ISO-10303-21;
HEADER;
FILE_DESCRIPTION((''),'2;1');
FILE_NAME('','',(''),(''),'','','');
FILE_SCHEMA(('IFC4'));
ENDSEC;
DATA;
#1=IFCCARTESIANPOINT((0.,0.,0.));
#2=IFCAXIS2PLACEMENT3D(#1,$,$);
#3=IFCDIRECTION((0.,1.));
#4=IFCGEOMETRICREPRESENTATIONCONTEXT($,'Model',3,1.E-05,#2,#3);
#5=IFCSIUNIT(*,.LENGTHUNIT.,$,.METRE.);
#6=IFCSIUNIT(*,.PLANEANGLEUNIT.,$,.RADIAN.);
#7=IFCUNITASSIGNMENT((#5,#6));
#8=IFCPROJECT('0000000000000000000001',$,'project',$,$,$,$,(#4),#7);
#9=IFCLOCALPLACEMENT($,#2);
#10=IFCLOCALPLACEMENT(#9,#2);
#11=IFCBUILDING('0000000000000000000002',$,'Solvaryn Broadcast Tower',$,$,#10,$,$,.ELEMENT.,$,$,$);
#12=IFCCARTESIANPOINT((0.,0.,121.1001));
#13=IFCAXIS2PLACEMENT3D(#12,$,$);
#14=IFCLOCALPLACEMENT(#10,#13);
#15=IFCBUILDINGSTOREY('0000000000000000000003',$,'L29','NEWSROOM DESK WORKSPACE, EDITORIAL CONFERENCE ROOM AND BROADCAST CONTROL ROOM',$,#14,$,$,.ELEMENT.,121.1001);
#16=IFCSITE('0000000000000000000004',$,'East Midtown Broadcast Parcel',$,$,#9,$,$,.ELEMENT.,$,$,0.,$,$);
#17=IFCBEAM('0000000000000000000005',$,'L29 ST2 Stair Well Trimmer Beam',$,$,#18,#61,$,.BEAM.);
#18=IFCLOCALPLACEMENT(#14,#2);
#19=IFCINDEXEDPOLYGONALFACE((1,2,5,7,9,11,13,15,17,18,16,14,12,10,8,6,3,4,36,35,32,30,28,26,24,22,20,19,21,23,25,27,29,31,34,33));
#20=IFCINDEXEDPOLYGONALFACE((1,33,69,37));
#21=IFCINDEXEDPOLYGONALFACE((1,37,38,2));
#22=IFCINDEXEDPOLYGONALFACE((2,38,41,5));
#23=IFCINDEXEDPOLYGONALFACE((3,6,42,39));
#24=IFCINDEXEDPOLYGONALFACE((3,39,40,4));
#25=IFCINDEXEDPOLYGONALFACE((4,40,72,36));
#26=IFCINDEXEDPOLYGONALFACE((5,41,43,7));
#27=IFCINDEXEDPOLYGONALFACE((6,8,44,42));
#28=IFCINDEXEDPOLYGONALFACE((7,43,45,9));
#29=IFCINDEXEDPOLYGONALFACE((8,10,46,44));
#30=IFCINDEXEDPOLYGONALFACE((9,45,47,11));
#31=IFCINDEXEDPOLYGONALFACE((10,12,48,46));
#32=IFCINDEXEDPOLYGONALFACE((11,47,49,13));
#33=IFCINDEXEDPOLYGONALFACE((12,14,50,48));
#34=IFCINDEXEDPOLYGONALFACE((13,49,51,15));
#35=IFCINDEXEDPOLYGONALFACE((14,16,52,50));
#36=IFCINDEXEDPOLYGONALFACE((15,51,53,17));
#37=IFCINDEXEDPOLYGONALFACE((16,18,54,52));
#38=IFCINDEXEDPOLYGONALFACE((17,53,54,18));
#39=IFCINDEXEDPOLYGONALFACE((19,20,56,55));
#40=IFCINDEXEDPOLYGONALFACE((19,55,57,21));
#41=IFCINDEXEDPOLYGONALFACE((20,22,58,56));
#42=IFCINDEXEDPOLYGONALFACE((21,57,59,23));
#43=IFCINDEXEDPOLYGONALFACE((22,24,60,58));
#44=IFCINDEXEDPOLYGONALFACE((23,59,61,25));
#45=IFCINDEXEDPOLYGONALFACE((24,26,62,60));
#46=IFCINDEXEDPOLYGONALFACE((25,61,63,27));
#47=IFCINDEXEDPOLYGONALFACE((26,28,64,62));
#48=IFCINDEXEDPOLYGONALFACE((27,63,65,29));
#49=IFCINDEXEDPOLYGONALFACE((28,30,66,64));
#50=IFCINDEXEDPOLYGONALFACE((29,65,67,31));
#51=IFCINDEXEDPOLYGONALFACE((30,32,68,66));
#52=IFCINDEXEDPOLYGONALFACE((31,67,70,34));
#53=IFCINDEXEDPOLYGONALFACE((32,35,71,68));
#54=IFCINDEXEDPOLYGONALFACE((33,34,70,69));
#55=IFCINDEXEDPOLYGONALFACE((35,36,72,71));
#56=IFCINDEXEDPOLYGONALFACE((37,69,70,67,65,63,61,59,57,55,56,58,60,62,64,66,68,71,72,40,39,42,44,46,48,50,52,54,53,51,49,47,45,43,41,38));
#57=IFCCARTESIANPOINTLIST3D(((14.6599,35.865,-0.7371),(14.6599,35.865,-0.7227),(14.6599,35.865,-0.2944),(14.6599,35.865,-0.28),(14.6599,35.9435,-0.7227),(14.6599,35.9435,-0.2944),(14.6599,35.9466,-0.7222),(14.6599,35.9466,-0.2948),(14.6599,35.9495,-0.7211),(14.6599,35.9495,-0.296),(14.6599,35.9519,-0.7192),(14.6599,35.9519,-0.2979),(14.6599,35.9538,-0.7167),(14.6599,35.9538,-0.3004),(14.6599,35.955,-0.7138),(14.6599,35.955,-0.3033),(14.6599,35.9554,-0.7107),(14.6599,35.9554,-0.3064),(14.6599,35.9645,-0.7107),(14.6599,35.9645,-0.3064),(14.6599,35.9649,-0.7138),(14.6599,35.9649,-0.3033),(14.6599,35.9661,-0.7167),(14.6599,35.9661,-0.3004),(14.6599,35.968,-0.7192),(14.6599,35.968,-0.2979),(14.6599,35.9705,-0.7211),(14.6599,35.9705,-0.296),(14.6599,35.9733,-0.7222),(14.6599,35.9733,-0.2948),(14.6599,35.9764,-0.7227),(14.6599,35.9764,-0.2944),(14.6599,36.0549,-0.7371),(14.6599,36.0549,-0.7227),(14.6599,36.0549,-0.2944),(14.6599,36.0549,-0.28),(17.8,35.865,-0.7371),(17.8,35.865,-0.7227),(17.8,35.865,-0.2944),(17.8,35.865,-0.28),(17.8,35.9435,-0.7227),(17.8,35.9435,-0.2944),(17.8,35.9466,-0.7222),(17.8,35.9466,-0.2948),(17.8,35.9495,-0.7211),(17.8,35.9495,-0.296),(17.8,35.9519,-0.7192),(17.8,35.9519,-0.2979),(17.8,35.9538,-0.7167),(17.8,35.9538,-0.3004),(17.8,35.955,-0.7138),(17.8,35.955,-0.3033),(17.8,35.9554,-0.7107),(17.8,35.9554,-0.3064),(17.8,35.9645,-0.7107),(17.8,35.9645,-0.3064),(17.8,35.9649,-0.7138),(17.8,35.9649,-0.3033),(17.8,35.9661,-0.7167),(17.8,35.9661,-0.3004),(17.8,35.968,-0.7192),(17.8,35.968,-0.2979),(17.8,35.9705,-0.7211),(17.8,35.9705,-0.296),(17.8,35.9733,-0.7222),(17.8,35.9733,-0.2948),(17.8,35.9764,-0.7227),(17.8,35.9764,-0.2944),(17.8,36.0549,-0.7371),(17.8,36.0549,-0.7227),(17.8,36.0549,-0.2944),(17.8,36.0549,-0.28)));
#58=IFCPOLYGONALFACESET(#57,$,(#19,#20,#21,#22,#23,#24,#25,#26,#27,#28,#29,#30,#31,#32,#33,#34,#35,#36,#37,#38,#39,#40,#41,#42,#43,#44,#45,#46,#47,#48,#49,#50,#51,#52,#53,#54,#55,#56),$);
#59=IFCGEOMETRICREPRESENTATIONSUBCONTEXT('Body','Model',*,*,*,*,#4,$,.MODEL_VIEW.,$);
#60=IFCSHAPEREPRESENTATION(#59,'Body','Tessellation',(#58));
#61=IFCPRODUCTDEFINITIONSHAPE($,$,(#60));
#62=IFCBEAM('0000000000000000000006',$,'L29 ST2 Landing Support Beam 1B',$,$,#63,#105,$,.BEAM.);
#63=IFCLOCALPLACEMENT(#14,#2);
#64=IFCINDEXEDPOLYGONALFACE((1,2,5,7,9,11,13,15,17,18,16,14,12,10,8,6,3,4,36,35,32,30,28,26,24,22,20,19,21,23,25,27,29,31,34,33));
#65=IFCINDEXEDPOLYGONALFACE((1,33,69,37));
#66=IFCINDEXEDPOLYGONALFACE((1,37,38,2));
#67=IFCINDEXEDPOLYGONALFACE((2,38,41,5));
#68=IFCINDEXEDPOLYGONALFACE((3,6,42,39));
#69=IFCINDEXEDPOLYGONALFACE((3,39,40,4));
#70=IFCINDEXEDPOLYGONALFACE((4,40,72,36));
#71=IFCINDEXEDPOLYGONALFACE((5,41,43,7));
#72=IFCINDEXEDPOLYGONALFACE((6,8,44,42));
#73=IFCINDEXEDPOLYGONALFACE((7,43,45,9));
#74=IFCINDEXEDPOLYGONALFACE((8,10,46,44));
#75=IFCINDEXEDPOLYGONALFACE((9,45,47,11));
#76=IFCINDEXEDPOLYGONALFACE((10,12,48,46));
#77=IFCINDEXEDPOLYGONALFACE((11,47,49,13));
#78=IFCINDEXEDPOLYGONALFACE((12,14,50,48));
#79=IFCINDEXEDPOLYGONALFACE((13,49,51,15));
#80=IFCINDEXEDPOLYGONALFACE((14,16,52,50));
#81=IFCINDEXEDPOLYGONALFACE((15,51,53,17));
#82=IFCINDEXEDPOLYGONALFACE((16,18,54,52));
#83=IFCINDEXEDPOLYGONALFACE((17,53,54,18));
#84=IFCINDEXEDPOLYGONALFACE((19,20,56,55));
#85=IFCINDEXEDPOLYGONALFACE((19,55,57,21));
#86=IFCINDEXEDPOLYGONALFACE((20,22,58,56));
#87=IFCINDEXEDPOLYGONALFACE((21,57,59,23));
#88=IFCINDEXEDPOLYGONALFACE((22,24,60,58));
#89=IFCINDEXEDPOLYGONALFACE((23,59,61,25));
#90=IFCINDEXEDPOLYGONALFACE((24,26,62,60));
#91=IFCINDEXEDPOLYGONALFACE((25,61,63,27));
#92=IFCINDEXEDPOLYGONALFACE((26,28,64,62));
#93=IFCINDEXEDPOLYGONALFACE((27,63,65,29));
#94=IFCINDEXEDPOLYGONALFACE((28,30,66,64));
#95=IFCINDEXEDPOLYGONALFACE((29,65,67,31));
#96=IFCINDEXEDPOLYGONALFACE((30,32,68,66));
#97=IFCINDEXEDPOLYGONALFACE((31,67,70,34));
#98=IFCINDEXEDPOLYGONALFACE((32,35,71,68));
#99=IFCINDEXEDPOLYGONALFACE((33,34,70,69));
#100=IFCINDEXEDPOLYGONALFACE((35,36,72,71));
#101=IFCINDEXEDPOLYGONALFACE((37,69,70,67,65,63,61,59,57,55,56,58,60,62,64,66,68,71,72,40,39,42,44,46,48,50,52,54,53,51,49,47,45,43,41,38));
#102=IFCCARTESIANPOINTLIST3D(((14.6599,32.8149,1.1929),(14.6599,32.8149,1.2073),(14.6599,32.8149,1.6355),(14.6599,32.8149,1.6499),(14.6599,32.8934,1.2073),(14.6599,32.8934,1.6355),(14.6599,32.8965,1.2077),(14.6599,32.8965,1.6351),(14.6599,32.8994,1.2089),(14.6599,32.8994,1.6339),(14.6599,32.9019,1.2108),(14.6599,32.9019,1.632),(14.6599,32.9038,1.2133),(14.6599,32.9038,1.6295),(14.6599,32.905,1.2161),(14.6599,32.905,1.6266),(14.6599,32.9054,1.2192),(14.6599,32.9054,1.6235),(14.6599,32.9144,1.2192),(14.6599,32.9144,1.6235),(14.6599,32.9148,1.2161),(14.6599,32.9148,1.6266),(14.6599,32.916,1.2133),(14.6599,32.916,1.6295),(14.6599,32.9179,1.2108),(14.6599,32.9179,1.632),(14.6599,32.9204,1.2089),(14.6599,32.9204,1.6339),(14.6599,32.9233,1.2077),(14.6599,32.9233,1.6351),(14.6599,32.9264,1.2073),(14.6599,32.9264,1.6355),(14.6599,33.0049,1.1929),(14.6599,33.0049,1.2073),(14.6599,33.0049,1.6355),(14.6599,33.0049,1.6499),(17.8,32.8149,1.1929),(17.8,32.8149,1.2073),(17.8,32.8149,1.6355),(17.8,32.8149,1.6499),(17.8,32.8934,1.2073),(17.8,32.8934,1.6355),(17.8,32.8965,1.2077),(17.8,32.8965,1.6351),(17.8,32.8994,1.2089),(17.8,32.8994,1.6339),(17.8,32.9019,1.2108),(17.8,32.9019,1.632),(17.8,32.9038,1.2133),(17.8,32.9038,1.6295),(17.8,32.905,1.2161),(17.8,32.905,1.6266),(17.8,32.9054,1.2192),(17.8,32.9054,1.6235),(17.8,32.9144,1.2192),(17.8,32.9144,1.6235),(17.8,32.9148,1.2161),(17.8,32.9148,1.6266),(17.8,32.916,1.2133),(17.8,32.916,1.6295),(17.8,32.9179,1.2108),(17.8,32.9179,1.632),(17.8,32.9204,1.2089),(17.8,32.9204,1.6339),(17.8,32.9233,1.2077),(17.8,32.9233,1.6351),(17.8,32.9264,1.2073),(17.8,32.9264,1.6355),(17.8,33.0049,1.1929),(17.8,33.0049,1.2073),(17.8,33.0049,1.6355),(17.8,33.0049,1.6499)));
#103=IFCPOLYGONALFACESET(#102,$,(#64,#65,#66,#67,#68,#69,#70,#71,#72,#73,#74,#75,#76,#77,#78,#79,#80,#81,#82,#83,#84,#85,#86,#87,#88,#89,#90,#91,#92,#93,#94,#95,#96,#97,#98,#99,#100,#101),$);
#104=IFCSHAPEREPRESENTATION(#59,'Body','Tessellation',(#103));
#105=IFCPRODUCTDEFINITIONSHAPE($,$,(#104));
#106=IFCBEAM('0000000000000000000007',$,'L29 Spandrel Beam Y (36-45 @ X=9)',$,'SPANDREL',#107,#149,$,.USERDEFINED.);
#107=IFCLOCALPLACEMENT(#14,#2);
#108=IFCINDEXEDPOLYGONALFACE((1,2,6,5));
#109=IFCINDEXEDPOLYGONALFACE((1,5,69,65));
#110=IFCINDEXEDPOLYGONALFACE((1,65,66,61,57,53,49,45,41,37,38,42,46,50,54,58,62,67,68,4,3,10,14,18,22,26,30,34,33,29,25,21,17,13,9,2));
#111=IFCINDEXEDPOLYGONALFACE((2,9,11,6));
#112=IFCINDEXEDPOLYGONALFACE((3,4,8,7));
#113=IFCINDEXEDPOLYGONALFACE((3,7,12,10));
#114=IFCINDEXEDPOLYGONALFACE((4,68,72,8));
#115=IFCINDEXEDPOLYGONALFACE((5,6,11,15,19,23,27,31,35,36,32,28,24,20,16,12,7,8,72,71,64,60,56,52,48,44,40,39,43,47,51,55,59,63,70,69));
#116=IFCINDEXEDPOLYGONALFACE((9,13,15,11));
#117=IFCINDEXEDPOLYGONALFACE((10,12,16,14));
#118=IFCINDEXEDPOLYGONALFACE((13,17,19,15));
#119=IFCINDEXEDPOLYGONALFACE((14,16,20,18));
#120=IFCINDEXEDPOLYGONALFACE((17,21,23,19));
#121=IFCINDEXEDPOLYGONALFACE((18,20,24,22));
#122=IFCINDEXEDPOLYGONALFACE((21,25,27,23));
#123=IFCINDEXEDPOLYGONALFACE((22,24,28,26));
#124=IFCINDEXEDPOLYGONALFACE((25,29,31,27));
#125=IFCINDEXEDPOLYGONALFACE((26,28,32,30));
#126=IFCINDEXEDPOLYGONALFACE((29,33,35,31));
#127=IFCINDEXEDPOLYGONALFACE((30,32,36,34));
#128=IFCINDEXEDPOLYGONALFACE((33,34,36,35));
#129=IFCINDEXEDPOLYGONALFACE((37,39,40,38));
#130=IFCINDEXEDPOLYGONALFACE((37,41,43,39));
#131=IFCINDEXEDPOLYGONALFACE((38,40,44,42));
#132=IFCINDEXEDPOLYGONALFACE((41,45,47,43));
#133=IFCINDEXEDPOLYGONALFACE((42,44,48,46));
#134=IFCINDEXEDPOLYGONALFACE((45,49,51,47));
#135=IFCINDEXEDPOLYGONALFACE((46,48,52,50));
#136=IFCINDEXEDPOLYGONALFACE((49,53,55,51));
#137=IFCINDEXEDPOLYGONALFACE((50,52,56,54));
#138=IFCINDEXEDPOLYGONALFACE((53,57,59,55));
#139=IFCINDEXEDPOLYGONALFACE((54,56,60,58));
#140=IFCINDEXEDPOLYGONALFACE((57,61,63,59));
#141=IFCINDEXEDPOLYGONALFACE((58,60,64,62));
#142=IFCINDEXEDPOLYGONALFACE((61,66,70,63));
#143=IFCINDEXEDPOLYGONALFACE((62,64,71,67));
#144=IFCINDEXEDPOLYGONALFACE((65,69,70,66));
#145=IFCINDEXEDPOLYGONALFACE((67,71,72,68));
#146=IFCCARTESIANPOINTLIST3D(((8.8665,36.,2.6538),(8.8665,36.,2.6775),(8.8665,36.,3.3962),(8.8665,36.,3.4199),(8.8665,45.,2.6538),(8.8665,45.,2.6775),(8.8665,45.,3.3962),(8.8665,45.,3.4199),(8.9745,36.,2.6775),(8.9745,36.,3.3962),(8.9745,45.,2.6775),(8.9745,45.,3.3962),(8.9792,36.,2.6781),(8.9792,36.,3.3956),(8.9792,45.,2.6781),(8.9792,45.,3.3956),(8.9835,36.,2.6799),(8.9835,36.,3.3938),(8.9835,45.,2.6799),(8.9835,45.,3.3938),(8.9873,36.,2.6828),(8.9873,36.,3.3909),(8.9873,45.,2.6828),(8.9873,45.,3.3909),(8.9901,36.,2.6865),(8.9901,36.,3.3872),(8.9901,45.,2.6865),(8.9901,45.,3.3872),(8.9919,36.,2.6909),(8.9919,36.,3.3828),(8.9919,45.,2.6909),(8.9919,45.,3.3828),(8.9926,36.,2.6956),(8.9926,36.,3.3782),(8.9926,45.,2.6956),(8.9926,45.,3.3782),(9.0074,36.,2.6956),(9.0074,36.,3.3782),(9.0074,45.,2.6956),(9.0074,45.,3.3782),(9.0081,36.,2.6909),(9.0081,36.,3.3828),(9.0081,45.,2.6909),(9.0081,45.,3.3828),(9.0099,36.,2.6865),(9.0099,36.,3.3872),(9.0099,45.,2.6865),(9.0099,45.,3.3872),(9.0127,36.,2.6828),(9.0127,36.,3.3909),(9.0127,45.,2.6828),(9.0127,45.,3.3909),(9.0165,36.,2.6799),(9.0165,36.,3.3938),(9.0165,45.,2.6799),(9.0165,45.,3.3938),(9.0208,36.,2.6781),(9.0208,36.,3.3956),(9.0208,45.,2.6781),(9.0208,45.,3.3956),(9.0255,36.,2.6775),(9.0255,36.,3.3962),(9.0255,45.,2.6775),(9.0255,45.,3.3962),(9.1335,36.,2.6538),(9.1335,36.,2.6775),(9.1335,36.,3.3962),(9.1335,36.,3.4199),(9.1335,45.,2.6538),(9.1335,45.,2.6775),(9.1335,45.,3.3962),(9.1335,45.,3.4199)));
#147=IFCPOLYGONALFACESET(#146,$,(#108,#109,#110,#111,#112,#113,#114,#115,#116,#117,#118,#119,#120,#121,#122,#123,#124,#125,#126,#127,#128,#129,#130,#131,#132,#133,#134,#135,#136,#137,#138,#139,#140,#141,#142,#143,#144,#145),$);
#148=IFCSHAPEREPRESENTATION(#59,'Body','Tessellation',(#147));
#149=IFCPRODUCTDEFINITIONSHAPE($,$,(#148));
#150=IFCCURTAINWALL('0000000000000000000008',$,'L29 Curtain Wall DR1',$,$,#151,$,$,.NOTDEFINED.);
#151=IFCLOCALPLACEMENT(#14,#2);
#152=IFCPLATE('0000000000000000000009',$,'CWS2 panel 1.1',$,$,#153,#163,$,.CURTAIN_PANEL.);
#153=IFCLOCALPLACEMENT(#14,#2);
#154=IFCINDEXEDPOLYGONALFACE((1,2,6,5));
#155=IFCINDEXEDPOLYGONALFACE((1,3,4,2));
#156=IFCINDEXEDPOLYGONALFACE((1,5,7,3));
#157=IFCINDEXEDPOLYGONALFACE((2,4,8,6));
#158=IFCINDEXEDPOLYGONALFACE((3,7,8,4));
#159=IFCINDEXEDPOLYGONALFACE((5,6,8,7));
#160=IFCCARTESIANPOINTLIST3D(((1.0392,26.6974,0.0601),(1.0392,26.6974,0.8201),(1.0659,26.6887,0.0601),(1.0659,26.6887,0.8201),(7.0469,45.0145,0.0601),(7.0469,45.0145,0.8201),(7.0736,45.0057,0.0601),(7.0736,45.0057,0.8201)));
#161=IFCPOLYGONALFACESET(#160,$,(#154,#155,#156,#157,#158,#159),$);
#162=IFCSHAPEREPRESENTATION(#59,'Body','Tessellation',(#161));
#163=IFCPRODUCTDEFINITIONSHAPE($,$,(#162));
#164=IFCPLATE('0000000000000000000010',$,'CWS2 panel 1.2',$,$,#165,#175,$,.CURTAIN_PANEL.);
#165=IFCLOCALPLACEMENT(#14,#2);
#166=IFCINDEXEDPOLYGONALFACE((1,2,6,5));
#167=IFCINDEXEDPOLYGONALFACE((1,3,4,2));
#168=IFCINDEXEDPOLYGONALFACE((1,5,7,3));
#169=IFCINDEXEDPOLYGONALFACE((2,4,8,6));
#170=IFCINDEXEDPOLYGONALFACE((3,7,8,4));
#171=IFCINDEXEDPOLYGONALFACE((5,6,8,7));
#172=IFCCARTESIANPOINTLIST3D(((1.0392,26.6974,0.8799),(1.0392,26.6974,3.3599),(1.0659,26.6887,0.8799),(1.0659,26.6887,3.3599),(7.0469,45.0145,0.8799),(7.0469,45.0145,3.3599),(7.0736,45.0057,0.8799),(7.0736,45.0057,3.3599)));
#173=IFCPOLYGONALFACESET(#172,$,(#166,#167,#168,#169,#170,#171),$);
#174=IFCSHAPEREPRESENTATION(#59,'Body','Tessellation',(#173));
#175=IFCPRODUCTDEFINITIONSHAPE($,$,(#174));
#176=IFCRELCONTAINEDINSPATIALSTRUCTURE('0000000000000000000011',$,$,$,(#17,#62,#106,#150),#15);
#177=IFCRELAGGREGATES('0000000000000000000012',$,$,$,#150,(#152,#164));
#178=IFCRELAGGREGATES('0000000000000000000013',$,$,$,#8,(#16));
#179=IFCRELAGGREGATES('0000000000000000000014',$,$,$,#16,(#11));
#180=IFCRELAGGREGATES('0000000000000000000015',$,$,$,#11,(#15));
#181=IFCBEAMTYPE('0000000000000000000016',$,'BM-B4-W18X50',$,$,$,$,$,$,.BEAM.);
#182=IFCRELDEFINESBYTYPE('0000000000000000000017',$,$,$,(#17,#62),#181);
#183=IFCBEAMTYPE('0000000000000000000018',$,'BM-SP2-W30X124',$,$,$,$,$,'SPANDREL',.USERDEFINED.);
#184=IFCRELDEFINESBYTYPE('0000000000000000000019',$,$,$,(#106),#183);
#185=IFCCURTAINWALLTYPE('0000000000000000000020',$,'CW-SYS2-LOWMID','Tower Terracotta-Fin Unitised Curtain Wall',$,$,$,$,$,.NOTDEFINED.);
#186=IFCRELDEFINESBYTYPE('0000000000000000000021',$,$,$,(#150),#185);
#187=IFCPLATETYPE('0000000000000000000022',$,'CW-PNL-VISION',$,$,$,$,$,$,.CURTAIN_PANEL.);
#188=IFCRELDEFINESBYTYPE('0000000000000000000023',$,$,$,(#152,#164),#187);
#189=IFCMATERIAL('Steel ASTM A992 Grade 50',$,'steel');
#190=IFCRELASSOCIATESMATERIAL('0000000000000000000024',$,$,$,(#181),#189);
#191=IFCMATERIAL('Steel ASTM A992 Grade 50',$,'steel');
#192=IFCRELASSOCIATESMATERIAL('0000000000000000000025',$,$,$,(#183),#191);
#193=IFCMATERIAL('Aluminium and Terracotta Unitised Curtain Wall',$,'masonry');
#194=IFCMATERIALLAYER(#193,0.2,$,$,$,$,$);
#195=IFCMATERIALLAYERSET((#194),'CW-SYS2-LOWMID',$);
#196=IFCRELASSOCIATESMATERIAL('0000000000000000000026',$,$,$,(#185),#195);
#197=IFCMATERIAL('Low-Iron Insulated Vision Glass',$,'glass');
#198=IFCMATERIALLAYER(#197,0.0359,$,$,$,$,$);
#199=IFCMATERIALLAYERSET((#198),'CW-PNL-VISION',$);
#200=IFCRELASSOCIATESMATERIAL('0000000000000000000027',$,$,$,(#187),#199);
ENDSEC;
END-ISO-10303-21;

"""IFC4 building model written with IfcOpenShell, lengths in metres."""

from ifc_helpers import new_model, si_unit, direction, frame, origin, origin_2d, place, context, subcontext, project, spatial, rectangle, i_section, extrude, material, layer, layer_set, material_profile, profile_set, type_object, element, aggregate, save


model = new_model("IFC4")

# Units and contexts
model_context = context("Model", 3, precision=1e-05, world=origin(), true_north=direction((0.0, 1.0)))
body_context = subcontext(model_context, "Body", "Model", "MODEL_VIEW")
ifc_project = project(units=[si_unit("LENGTHUNIT", "METRE"), si_unit("PLANEANGLEUNIT", "RADIAN")], contexts=[model_context])

# Site, building, storey
site_placement = place(None, origin())
site = spatial("IfcSite", under=ifc_project, at=site_placement, Name="East Midtown Broadcast Parcel", CompositionType="ELEMENT", RefElevation=0.0)
building_placement = place(site_placement, origin())
building = spatial("IfcBuilding", under=site, at=building_placement, Name="Solvaryn Broadcast Tower", CompositionType="ELEMENT")
storey_placement = place(building_placement, frame((0.0, 0.0, 121.1001)))
storey = spatial("IfcBuildingStorey", under=building, at=storey_placement, Name="L29", Description="NEWSROOM DESK WORKSPACE, EDITORIAL CONFERENCE ROOM AND BROADCAST CONTROL ROOM", CompositionType="ELEMENT", Elevation=121.1001)

# Beams
ifc_material_1 = material(Name="Steel ASTM A992 Grade 50", Category="steel")
ifc_material_profile_1 = material_profile(ifc_material_1, i_section(OverallWidth=0.1899, OverallDepth=0.457, WebThickness=0.009, FlangeThickness=0.0144, FilletRadius=0.012, at=origin_2d()))
ifc_profile_set_1 = profile_set([ifc_material_profile_1], Name="Steel ASTM A992 Grade 50")
beam_type_1 = type_object("IfcBeamType", Name="BM-B4-W18X50", PredefinedType="BEAM", material=ifc_profile_set_1)
for number, where, z_axis, x_axis, name in (
    (1, (14.6599, 35.96, -0.5085), (1.0, 0.0, 0.0), (0.0, 1.0, 0.0), "L29 ST2 Stair Well Trimmer Beam"),
    (2, (14.6599, 32.9099, 1.4214), (1.0, 0.0, 0.0), (0.0, 1.0, 0.0), "L29 ST2 Landing Support Beam 1B"),
):
    element("IfcBeam", number, at=place(storey_placement, frame(where, z_axis=z_axis, x_axis=x_axis)), inside=storey, type_object=beam_type_1, Name=name, PredefinedType="BEAM", context=body_context, shape_type="SweptSolid", body=[
        extrude(i_section(OverallWidth=0.1899, OverallDepth=0.457, WebThickness=0.009, FlangeThickness=0.0144, FilletRadius=0.012, at=origin_2d()), origin(), (0.0, 0.0, 1.0), 3.1401),
    ])
ifc_material_2 = material(Name="Steel ASTM A992 Grade 50", Category="steel")
ifc_material_profile_2 = material_profile(ifc_material_2, i_section(OverallWidth=0.2671, OverallDepth=0.7661, WebThickness=0.0149, FlangeThickness=0.0237, FilletRadius=0.0181, at=origin_2d()))
ifc_profile_set_2 = profile_set([ifc_material_profile_2], Name="Steel ASTM A992 Grade 50")
beam_type_2 = type_object("IfcBeamType", Name="BM-SP2-W30X124", ElementType="SPANDREL", PredefinedType="USERDEFINED", material=ifc_profile_set_2)
beam_1_placement = place(storey_placement, frame((9.0, 36.0, 3.0369), z_axis=(0.0, 1.0, 0.0), x_axis=(-1.0, 0.0, 0.0)))
element("IfcBeam", 3, at=beam_1_placement, inside=storey, type_object=beam_type_2, Name="L29 Spandrel Beam Y (36-45 @ X=9)", ObjectType="SPANDREL", PredefinedType="USERDEFINED", context=body_context, shape_type="SweptSolid", body=[
    extrude(i_section(OverallWidth=0.2671, OverallDepth=0.7661, WebThickness=0.0149, FlangeThickness=0.0237, FilletRadius=0.0181, at=origin_2d()), origin(), (0.0, 0.0, 1.0), 9.0),
])

# Curtain wall, plates
ifc_material_3 = material(Name="Aluminium and Terracotta Unitised Curtain Wall", Category="masonry")
ifc_layer_1 = layer(ifc_material_3, 0.2)
ifc_layer_set_1 = layer_set([ifc_layer_1], Name="CW-SYS2-LOWMID")
curtain_wall_type = type_object("IfcCurtainWallType", Name="CW-SYS2-LOWMID", Description="Tower Terracotta-Fin Unitised Curtain Wall", PredefinedType="NOTDEFINED", material=ifc_layer_set_1)
curtain_wall_placement = place(storey_placement, origin())
curtain_wall = element("IfcCurtainWall", 4, at=curtain_wall_placement, inside=storey, type_object=curtain_wall_type, Name="L29 Curtain Wall DR1", PredefinedType="NOTDEFINED")
ifc_material_4 = material(Name="Low-Iron Insulated Vision Glass", Category="glass")
ifc_layer_2 = layer(ifc_material_4, 0.0359)
ifc_layer_set_2 = layer_set([ifc_layer_2], Name="CW-PNL-VISION")
plate_type = type_object("IfcPlateType", Name="CW-PNL-VISION", PredefinedType="CURTAIN_PANEL", material=ifc_layer_set_2)
plate_1_placement = place(storey_placement, frame((4.0564, 35.8516, 0.0601), z_axis=(0.0, 0.0, 1.0), x_axis=(-0.311646, -0.950198, 0.0)))
plate_1 = element("IfcPlate", 5, at=plate_1_placement, type_object=plate_type, Name="CWS2 panel 1.1", PredefinedType="CURTAIN_PANEL", context=body_context, shape_type="SweptSolid", body=[
    extrude(rectangle(XDim=19.2771, YDim=0.0281, at=origin_2d()), origin(), (0.0, 0.0, 1.0), 0.76),
])
plate_2_placement = place(storey_placement, frame((4.0564, 35.8516, 0.8799), z_axis=(0.0, 0.0, 1.0), x_axis=(-0.311646, -0.950198, 0.0)))
plate_2 = element("IfcPlate", 6, at=plate_2_placement, type_object=plate_type, Name="CWS2 panel 1.2", PredefinedType="CURTAIN_PANEL", context=body_context, shape_type="SweptSolid", body=[
    extrude(rectangle(XDim=19.2771, YDim=0.0281, at=origin_2d()), origin(), (0.0, 0.0, 1.0), 2.48),
])
aggregate(curtain_wall, [plate_1, plate_2])

save(model, "model.ifc")
